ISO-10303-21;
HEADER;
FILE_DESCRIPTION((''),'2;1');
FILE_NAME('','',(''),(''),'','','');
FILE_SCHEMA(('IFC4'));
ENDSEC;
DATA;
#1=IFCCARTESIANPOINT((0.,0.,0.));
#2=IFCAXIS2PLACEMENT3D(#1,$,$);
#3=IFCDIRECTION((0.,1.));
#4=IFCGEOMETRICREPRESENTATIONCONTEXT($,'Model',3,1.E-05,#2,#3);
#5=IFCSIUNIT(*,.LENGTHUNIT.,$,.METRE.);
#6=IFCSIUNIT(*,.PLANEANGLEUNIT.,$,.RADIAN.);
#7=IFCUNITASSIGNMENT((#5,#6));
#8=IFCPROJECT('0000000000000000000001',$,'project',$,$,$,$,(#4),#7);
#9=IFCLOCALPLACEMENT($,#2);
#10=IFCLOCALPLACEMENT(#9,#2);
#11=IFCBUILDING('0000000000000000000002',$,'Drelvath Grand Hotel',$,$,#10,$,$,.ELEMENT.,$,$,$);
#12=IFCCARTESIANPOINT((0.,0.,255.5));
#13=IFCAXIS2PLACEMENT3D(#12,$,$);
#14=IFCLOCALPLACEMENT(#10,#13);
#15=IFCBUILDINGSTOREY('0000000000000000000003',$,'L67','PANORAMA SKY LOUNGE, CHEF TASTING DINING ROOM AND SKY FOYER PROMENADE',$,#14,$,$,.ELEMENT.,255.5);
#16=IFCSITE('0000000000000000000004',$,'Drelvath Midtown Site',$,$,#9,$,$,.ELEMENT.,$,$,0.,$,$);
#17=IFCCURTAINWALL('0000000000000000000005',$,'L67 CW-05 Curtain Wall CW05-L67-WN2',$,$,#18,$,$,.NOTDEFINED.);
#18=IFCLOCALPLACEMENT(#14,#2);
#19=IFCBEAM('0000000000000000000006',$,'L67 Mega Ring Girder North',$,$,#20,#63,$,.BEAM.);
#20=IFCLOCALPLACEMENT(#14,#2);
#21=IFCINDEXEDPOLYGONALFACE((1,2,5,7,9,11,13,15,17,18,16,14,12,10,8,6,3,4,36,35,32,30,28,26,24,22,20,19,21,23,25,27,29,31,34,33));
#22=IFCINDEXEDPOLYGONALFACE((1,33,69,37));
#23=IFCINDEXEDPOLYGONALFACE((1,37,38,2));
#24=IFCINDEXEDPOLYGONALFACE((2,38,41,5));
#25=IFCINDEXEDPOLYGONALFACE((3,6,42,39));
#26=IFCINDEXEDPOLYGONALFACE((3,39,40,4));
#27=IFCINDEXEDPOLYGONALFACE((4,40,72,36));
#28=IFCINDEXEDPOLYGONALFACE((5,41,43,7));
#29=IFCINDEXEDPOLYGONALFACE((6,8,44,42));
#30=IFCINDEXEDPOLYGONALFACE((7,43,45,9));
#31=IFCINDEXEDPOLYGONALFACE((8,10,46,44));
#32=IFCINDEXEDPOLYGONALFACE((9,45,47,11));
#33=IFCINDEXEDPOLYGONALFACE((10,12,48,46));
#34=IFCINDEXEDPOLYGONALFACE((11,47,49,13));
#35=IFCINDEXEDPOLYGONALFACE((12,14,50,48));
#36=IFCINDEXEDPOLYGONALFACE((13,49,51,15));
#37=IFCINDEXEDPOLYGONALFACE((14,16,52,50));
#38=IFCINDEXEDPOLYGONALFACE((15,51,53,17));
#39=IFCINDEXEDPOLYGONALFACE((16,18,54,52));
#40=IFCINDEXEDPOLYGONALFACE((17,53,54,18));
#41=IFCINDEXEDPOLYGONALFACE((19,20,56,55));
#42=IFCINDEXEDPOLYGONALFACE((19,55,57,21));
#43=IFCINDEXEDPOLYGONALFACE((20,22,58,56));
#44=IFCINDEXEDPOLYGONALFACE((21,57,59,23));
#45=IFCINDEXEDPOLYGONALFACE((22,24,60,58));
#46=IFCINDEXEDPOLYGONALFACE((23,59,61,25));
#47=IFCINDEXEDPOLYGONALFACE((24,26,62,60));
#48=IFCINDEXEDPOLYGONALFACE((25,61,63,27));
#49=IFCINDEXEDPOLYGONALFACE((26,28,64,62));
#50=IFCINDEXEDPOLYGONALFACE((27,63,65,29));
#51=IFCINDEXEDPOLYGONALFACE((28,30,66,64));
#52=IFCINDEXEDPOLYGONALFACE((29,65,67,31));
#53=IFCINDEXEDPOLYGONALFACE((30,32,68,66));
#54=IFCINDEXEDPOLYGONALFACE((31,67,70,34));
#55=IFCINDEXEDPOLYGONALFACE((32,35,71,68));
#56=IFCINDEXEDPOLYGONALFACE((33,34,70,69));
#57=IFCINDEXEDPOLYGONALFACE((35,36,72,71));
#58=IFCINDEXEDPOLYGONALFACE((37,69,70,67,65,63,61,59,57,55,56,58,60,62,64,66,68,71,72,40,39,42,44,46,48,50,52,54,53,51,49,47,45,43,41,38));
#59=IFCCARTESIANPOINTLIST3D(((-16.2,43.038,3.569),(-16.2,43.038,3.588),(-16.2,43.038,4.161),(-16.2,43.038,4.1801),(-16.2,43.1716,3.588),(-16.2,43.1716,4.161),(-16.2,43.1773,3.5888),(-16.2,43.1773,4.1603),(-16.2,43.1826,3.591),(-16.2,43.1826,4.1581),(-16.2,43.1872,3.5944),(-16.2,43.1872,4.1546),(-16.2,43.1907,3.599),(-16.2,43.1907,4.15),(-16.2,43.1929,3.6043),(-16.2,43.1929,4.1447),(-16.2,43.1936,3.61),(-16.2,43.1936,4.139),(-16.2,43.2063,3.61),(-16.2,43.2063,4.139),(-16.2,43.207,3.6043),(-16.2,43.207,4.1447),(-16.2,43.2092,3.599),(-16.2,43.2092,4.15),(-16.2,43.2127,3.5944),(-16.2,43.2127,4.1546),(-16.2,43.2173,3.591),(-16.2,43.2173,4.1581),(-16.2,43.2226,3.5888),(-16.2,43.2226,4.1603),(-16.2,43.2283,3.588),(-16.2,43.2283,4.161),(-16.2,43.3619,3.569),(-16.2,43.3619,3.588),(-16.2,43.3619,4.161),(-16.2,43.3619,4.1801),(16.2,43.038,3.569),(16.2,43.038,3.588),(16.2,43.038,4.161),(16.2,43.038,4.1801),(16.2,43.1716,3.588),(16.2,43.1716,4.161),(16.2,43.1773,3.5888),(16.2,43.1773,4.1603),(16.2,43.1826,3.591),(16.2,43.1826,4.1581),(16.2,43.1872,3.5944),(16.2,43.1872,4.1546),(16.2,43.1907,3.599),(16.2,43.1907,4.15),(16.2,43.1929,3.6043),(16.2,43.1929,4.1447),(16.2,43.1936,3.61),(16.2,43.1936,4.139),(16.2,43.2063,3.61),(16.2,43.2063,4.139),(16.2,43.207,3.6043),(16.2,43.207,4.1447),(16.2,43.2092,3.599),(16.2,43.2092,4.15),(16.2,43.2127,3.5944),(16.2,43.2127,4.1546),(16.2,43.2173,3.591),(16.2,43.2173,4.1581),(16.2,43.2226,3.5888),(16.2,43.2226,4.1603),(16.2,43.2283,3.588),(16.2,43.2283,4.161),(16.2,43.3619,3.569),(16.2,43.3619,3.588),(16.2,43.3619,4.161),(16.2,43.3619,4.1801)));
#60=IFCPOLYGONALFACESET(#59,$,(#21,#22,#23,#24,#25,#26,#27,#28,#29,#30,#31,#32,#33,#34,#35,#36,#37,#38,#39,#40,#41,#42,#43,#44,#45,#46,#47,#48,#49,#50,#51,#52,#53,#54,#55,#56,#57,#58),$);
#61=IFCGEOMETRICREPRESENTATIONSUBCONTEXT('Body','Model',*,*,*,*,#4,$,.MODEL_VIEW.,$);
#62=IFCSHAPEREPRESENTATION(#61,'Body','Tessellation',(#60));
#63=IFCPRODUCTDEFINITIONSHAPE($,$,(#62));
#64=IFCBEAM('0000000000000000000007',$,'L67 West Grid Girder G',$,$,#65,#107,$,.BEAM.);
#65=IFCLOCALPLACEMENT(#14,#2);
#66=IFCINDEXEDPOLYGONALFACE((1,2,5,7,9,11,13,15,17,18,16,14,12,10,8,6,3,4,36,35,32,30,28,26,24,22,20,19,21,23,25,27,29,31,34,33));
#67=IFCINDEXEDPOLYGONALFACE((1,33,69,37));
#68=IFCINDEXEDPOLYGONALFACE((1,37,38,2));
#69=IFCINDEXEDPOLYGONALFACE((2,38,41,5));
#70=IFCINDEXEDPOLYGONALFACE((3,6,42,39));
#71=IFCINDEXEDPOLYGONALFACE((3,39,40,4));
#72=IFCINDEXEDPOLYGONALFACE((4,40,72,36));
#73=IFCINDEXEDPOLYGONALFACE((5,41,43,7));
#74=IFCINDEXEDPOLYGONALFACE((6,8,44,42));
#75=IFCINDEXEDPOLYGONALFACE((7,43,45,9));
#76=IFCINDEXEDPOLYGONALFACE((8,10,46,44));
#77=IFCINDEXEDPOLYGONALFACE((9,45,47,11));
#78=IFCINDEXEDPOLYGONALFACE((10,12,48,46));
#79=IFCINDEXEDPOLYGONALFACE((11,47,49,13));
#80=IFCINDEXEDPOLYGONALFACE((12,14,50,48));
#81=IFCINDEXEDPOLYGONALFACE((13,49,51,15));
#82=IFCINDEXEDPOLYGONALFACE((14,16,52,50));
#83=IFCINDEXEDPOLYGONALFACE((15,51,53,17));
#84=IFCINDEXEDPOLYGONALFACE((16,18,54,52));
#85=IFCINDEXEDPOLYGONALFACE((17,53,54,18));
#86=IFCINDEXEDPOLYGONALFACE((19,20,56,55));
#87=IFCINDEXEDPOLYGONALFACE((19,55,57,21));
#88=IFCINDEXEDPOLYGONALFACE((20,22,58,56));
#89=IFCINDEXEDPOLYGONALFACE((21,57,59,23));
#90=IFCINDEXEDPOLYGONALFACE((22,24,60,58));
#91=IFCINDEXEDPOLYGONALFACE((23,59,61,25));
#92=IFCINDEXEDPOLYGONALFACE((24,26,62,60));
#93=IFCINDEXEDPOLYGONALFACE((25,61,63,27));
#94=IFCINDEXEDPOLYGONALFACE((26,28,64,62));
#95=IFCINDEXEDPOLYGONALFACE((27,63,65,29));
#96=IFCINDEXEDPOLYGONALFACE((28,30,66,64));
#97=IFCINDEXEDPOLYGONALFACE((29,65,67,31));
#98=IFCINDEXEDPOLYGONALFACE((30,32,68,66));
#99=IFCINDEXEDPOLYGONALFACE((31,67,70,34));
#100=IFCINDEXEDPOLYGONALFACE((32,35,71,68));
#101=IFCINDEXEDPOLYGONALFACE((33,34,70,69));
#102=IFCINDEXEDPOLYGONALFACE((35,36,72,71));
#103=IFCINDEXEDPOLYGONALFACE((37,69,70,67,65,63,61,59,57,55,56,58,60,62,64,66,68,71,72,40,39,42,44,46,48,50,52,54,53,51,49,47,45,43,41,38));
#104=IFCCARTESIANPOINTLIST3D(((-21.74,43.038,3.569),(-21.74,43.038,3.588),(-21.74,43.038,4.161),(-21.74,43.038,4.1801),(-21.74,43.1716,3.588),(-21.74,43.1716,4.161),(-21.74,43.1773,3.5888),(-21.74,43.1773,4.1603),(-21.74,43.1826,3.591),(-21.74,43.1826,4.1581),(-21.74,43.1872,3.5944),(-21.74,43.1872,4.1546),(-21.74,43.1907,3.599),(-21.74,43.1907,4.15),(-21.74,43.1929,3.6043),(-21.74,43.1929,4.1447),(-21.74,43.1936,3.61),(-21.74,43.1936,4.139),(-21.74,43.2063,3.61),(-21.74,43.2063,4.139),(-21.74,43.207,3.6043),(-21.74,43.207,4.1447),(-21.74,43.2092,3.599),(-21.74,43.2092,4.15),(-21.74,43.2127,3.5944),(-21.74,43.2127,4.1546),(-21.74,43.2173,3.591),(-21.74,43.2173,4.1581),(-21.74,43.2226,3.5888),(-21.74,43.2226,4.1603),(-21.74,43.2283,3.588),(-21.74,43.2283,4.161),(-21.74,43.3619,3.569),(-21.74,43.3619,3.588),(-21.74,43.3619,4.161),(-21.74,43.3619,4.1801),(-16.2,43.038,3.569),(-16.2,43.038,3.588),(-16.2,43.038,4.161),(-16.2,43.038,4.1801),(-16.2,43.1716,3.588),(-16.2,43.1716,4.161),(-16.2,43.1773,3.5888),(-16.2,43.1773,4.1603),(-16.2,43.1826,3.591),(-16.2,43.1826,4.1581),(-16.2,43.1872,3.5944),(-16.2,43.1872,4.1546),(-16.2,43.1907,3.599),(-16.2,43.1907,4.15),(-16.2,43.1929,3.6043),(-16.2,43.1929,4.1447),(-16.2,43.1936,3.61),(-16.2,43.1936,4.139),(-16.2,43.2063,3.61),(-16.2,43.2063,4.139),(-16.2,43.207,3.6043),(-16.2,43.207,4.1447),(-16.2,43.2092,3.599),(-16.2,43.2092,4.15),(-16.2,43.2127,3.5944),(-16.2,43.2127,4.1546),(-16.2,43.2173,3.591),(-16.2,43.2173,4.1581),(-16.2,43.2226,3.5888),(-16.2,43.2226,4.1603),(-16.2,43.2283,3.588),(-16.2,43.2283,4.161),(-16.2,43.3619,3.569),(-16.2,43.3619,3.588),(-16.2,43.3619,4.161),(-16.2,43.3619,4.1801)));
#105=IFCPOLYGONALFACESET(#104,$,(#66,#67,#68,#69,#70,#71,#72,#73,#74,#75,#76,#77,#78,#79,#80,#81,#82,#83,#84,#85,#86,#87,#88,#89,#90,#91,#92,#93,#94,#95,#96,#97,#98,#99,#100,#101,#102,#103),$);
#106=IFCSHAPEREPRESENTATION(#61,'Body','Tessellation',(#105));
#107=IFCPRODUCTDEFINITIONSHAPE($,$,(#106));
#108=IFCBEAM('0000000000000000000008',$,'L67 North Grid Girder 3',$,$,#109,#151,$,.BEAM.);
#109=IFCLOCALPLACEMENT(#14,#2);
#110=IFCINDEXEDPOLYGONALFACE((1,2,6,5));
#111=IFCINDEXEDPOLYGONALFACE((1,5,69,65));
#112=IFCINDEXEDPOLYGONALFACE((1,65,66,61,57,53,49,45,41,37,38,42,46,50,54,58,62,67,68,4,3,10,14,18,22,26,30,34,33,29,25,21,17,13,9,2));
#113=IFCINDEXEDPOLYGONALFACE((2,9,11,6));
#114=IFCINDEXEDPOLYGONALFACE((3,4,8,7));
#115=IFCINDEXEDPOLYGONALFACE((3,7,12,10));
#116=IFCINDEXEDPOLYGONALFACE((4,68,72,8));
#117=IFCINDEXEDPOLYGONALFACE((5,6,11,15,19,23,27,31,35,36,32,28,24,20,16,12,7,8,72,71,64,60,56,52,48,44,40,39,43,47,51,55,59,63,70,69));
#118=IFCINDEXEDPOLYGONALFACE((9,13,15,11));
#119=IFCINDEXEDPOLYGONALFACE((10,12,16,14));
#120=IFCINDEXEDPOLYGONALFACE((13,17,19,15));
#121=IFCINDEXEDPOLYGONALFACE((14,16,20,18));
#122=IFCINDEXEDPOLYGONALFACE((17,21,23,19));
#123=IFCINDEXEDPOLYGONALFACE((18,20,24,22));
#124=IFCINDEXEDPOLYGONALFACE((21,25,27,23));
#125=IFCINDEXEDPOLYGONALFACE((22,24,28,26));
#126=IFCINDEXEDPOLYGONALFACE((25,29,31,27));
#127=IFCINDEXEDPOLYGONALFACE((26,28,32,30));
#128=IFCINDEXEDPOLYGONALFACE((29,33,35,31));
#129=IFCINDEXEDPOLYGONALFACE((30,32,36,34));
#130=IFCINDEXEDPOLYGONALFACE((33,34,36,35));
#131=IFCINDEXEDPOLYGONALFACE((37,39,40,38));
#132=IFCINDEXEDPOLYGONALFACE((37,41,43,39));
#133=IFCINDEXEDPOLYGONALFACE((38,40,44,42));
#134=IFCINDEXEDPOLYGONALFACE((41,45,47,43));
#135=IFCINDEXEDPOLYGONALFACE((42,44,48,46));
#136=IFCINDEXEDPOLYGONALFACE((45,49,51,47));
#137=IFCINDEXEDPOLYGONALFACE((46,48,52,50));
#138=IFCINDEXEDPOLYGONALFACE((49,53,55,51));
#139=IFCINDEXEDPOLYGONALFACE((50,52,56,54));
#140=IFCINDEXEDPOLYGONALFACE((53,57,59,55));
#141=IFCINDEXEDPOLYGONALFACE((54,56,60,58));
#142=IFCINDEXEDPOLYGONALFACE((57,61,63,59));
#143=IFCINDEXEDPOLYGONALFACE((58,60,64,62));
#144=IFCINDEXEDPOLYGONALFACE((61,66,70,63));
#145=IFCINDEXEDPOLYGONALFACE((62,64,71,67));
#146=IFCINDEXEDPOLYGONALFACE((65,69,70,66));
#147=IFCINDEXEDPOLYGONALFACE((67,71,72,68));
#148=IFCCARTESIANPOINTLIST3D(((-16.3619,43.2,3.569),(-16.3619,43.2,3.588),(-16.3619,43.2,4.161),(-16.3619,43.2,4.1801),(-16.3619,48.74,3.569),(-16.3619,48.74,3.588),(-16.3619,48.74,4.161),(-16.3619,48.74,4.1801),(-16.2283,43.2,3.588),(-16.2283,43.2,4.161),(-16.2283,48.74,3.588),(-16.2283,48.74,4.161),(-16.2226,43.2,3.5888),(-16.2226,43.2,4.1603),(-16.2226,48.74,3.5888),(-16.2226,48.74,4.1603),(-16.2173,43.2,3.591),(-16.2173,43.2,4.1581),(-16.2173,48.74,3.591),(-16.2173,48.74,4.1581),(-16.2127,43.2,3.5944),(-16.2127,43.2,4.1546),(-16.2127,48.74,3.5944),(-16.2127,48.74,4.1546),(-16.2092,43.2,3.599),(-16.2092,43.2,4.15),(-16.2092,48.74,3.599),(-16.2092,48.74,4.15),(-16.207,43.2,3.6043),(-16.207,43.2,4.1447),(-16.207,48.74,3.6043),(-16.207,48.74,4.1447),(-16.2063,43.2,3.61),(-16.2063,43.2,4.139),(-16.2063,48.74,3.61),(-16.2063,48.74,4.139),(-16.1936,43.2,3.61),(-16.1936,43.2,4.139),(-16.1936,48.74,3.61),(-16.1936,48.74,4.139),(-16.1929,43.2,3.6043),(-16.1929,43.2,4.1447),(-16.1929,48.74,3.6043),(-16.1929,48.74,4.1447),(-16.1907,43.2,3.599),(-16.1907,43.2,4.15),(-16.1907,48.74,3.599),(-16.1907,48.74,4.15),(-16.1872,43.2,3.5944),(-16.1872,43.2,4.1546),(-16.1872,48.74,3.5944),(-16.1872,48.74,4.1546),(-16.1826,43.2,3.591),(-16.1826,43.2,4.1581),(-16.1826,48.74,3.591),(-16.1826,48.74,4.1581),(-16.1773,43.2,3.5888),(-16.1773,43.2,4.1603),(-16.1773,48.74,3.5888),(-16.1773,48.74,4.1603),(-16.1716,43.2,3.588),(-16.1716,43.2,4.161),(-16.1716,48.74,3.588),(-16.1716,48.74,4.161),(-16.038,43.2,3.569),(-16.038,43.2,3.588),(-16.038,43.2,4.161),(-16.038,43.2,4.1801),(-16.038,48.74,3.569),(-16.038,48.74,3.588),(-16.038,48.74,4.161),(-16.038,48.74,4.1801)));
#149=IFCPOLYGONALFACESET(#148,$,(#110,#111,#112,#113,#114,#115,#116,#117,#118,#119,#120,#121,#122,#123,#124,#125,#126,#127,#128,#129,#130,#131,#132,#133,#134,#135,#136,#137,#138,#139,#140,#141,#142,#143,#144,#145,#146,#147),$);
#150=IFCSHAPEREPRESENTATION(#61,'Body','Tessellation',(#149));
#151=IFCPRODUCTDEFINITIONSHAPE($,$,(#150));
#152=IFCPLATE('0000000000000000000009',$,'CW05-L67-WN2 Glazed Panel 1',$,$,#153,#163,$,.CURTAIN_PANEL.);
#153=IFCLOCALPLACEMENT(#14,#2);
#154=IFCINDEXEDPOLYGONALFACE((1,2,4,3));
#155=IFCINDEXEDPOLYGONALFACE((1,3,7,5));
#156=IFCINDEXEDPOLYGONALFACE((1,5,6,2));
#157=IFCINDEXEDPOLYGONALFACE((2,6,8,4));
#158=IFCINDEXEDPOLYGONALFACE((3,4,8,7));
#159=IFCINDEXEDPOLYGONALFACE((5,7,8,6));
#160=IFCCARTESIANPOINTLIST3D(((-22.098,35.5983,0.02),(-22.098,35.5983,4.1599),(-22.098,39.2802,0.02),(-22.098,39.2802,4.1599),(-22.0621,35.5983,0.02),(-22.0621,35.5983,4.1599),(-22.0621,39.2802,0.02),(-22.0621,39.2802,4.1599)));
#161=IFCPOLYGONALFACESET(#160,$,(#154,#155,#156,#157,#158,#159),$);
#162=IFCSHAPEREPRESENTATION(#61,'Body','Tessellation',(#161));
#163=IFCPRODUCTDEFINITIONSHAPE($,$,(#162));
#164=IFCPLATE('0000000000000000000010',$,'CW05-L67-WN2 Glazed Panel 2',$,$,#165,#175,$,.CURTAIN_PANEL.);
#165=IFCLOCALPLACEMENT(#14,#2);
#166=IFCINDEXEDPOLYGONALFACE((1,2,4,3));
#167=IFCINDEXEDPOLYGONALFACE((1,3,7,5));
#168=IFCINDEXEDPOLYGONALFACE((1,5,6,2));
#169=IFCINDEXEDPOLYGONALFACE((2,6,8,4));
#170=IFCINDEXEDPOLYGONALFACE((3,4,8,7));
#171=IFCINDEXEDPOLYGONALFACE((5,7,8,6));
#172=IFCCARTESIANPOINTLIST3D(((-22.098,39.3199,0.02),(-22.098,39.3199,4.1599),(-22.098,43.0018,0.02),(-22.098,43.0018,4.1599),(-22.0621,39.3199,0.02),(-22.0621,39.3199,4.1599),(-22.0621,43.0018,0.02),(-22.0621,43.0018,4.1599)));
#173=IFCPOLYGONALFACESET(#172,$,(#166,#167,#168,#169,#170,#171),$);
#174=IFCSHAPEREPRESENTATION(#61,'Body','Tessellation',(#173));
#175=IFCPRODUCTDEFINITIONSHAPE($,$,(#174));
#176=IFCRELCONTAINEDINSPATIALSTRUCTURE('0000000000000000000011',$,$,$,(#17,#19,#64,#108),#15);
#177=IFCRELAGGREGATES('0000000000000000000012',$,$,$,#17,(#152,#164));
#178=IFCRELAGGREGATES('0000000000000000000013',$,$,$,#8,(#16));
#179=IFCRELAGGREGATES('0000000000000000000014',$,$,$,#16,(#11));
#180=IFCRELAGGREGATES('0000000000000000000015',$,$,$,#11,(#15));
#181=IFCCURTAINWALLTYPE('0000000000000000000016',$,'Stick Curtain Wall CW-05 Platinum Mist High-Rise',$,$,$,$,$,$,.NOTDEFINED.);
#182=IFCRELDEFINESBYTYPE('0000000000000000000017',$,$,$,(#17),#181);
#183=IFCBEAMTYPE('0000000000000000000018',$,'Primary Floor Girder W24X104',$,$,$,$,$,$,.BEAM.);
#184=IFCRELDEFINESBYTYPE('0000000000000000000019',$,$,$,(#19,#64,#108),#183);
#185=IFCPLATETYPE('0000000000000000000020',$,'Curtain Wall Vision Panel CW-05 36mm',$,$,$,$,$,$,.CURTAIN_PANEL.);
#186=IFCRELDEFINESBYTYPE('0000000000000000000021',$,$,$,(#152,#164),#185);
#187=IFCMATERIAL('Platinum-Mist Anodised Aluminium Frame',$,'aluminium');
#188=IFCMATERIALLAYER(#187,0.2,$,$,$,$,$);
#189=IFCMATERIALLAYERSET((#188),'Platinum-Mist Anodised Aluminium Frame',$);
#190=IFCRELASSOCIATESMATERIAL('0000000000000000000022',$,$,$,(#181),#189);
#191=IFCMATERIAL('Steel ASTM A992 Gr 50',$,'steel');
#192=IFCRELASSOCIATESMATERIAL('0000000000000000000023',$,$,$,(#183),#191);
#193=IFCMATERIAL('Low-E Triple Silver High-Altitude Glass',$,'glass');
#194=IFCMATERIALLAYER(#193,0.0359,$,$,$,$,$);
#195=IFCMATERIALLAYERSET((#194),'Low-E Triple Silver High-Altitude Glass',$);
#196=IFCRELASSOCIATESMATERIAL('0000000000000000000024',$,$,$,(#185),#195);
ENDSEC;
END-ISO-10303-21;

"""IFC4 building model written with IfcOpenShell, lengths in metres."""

from ifc_helpers import new_model, si_unit, direction, frame, origin, origin_2d, place, context, subcontext, project, spatial, rectangle, i_section, extrude, material, layer, layer_set, material_profile, profile_set, type_object, element, aggregate, save


model = new_model("IFC4")

# Units and contexts
model_context = context("Model", 3, precision=1e-05, world=origin(), true_north=direction((0.0, 1.0)))
body_context = subcontext(model_context, "Body", "Model", "MODEL_VIEW")
ifc_project = project(units=[si_unit("LENGTHUNIT", "METRE"), si_unit("PLANEANGLEUNIT", "RADIAN")], contexts=[model_context])

# Site, building, storey
site_placement = place(None, origin())
site = spatial("IfcSite", under=ifc_project, at=site_placement, Name="Drelvath Midtown Site", CompositionType="ELEMENT", RefElevation=0.0)
building_placement = place(site_placement, origin())
building = spatial("IfcBuilding", under=site, at=building_placement, Name="Drelvath Grand Hotel", CompositionType="ELEMENT")
storey_placement = place(building_placement, frame((0.0, 0.0, 255.5)))
storey = spatial("IfcBuildingStorey", under=building, at=storey_placement, Name="L67", Description="PANORAMA SKY LOUNGE, CHEF TASTING DINING ROOM AND SKY FOYER PROMENADE", CompositionType="ELEMENT", Elevation=255.5)

# Shared definitions
ifc_material_1 = material(Name="Steel ASTM A992 Gr 50", Category="steel")

# Curtain wall
ifc_material_2 = material(Name="Platinum-Mist Anodised Aluminium Frame", Category="aluminium")
ifc_layer_1 = layer(ifc_material_2, 0.2)
ifc_layer_set_1 = layer_set([ifc_layer_1], Name="Platinum-Mist Anodised Aluminium Frame")
curtain_wall_type = type_object("IfcCurtainWallType", Name="Stick Curtain Wall CW-05 Platinum Mist High-Rise", PredefinedType="NOTDEFINED", material=ifc_layer_set_1)
curtain_wall_placement = place(storey_placement, origin())
curtain_wall = element("IfcCurtainWall", 1, at=curtain_wall_placement, inside=storey, type_object=curtain_wall_type, Name="L67 CW-05 Curtain Wall CW05-L67-WN2", PredefinedType="NOTDEFINED")

# Beams
ifc_material_profile_1 = material_profile(ifc_material_1, i_section(OverallWidth=0.324, OverallDepth=0.6111, WebThickness=0.0127, FlangeThickness=0.019, FilletRadius=0.022, at=origin_2d()), Name="W24X104")
ifc_profile_set_1 = profile_set([ifc_material_profile_1], Name="Steel ASTM A992 Gr 50")
beam_type_1 = type_object("IfcBeamType", Name="Primary Floor Girder W24X104", PredefinedType="BEAM", material=ifc_profile_set_1)
beam_1_placement = place(storey_placement, frame((-16.2, 43.2, 3.8745), z_axis=(1.0, 0.0, 0.0), x_axis=(0.0, 1.0, 0.0)))
element("IfcBeam", 2, at=beam_1_placement, inside=storey, type_object=beam_type_1, Name="L67 Mega Ring Girder North", PredefinedType="BEAM", context=body_context, shape_type="SweptSolid", body=[
    extrude(i_section(OverallWidth=0.324, OverallDepth=0.6111, WebThickness=0.0127, FlangeThickness=0.019, FilletRadius=0.022, at=origin_2d()), origin(), (0.0, 0.0, 1.0), 32.3999),
])
for number, where, z_axis, x_axis, name in (
    (3, (-21.74, 43.2, 3.8745), (1.0, 0.0, 0.0), (0.0, 1.0, 0.0), "L67 West Grid Girder G"),
    (4, (-16.2, 43.2, 3.8745), (0.0, 1.0, 0.0), (-1.0, 0.0, 0.0), "L67 North Grid Girder 3"),
):
    element("IfcBeam", number, at=place(storey_placement, frame(where, z_axis=z_axis, x_axis=x_axis)), inside=storey, type_object=beam_type_1, Name=name, PredefinedType="BEAM", context=body_context, shape_type="SweptSolid", body=[
        extrude(i_section(OverallWidth=0.324, OverallDepth=0.6111, WebThickness=0.0127, FlangeThickness=0.019, FilletRadius=0.022, at=origin_2d()), origin(), (0.0, 0.0, 1.0), 5.54),
    ])

# Plates
ifc_material_3 = material(Name="Low-E Triple Silver High-Altitude Glass", Category="glass")
ifc_layer_2 = layer(ifc_material_3, 0.0359)
ifc_layer_set_2 = layer_set([ifc_layer_2], Name="Low-E Triple Silver High-Altitude Glass")
plate_type = type_object("IfcPlateType", Name="Curtain Wall Vision Panel CW-05 36mm", PredefinedType="CURTAIN_PANEL", material=ifc_layer_set_2)
plate_1_placement = place(storey_placement, frame((-22.0801, 37.4392, 0.02), z_axis=(0.0, 0.0, 1.0), x_axis=(0.0, 1.0, 0.0)))
plate_1 = element("IfcPlate", 5, at=plate_1_placement, type_object=plate_type, Name="CW05-L67-WN2 Glazed Panel 1", PredefinedType="CURTAIN_PANEL", context=body_context, shape_type="SweptSolid", body=[
    extrude(rectangle(XDim=3.6819, YDim=0.0359, at=origin_2d()), origin(), (0.0, 0.0, 1.0), 4.1399),
])
plate_2_placement = place(storey_placement, frame((-22.0801, 41.1609, 0.02), z_axis=(0.0, 0.0, 1.0), x_axis=(0.0, 1.0, 0.0)))
plate_2 = element("IfcPlate", 6, at=plate_2_placement, type_object=plate_type, Name="CW05-L67-WN2 Glazed Panel 2", PredefinedType="CURTAIN_PANEL", context=body_context, shape_type="SweptSolid", body=[
    extrude(rectangle(XDim=3.6819, YDim=0.0359, at=origin_2d()), origin(), (0.0, 0.0, 1.0), 4.1399),
])
aggregate(curtain_wall, [plate_1, plate_2])

save(model, "model.ifc")
